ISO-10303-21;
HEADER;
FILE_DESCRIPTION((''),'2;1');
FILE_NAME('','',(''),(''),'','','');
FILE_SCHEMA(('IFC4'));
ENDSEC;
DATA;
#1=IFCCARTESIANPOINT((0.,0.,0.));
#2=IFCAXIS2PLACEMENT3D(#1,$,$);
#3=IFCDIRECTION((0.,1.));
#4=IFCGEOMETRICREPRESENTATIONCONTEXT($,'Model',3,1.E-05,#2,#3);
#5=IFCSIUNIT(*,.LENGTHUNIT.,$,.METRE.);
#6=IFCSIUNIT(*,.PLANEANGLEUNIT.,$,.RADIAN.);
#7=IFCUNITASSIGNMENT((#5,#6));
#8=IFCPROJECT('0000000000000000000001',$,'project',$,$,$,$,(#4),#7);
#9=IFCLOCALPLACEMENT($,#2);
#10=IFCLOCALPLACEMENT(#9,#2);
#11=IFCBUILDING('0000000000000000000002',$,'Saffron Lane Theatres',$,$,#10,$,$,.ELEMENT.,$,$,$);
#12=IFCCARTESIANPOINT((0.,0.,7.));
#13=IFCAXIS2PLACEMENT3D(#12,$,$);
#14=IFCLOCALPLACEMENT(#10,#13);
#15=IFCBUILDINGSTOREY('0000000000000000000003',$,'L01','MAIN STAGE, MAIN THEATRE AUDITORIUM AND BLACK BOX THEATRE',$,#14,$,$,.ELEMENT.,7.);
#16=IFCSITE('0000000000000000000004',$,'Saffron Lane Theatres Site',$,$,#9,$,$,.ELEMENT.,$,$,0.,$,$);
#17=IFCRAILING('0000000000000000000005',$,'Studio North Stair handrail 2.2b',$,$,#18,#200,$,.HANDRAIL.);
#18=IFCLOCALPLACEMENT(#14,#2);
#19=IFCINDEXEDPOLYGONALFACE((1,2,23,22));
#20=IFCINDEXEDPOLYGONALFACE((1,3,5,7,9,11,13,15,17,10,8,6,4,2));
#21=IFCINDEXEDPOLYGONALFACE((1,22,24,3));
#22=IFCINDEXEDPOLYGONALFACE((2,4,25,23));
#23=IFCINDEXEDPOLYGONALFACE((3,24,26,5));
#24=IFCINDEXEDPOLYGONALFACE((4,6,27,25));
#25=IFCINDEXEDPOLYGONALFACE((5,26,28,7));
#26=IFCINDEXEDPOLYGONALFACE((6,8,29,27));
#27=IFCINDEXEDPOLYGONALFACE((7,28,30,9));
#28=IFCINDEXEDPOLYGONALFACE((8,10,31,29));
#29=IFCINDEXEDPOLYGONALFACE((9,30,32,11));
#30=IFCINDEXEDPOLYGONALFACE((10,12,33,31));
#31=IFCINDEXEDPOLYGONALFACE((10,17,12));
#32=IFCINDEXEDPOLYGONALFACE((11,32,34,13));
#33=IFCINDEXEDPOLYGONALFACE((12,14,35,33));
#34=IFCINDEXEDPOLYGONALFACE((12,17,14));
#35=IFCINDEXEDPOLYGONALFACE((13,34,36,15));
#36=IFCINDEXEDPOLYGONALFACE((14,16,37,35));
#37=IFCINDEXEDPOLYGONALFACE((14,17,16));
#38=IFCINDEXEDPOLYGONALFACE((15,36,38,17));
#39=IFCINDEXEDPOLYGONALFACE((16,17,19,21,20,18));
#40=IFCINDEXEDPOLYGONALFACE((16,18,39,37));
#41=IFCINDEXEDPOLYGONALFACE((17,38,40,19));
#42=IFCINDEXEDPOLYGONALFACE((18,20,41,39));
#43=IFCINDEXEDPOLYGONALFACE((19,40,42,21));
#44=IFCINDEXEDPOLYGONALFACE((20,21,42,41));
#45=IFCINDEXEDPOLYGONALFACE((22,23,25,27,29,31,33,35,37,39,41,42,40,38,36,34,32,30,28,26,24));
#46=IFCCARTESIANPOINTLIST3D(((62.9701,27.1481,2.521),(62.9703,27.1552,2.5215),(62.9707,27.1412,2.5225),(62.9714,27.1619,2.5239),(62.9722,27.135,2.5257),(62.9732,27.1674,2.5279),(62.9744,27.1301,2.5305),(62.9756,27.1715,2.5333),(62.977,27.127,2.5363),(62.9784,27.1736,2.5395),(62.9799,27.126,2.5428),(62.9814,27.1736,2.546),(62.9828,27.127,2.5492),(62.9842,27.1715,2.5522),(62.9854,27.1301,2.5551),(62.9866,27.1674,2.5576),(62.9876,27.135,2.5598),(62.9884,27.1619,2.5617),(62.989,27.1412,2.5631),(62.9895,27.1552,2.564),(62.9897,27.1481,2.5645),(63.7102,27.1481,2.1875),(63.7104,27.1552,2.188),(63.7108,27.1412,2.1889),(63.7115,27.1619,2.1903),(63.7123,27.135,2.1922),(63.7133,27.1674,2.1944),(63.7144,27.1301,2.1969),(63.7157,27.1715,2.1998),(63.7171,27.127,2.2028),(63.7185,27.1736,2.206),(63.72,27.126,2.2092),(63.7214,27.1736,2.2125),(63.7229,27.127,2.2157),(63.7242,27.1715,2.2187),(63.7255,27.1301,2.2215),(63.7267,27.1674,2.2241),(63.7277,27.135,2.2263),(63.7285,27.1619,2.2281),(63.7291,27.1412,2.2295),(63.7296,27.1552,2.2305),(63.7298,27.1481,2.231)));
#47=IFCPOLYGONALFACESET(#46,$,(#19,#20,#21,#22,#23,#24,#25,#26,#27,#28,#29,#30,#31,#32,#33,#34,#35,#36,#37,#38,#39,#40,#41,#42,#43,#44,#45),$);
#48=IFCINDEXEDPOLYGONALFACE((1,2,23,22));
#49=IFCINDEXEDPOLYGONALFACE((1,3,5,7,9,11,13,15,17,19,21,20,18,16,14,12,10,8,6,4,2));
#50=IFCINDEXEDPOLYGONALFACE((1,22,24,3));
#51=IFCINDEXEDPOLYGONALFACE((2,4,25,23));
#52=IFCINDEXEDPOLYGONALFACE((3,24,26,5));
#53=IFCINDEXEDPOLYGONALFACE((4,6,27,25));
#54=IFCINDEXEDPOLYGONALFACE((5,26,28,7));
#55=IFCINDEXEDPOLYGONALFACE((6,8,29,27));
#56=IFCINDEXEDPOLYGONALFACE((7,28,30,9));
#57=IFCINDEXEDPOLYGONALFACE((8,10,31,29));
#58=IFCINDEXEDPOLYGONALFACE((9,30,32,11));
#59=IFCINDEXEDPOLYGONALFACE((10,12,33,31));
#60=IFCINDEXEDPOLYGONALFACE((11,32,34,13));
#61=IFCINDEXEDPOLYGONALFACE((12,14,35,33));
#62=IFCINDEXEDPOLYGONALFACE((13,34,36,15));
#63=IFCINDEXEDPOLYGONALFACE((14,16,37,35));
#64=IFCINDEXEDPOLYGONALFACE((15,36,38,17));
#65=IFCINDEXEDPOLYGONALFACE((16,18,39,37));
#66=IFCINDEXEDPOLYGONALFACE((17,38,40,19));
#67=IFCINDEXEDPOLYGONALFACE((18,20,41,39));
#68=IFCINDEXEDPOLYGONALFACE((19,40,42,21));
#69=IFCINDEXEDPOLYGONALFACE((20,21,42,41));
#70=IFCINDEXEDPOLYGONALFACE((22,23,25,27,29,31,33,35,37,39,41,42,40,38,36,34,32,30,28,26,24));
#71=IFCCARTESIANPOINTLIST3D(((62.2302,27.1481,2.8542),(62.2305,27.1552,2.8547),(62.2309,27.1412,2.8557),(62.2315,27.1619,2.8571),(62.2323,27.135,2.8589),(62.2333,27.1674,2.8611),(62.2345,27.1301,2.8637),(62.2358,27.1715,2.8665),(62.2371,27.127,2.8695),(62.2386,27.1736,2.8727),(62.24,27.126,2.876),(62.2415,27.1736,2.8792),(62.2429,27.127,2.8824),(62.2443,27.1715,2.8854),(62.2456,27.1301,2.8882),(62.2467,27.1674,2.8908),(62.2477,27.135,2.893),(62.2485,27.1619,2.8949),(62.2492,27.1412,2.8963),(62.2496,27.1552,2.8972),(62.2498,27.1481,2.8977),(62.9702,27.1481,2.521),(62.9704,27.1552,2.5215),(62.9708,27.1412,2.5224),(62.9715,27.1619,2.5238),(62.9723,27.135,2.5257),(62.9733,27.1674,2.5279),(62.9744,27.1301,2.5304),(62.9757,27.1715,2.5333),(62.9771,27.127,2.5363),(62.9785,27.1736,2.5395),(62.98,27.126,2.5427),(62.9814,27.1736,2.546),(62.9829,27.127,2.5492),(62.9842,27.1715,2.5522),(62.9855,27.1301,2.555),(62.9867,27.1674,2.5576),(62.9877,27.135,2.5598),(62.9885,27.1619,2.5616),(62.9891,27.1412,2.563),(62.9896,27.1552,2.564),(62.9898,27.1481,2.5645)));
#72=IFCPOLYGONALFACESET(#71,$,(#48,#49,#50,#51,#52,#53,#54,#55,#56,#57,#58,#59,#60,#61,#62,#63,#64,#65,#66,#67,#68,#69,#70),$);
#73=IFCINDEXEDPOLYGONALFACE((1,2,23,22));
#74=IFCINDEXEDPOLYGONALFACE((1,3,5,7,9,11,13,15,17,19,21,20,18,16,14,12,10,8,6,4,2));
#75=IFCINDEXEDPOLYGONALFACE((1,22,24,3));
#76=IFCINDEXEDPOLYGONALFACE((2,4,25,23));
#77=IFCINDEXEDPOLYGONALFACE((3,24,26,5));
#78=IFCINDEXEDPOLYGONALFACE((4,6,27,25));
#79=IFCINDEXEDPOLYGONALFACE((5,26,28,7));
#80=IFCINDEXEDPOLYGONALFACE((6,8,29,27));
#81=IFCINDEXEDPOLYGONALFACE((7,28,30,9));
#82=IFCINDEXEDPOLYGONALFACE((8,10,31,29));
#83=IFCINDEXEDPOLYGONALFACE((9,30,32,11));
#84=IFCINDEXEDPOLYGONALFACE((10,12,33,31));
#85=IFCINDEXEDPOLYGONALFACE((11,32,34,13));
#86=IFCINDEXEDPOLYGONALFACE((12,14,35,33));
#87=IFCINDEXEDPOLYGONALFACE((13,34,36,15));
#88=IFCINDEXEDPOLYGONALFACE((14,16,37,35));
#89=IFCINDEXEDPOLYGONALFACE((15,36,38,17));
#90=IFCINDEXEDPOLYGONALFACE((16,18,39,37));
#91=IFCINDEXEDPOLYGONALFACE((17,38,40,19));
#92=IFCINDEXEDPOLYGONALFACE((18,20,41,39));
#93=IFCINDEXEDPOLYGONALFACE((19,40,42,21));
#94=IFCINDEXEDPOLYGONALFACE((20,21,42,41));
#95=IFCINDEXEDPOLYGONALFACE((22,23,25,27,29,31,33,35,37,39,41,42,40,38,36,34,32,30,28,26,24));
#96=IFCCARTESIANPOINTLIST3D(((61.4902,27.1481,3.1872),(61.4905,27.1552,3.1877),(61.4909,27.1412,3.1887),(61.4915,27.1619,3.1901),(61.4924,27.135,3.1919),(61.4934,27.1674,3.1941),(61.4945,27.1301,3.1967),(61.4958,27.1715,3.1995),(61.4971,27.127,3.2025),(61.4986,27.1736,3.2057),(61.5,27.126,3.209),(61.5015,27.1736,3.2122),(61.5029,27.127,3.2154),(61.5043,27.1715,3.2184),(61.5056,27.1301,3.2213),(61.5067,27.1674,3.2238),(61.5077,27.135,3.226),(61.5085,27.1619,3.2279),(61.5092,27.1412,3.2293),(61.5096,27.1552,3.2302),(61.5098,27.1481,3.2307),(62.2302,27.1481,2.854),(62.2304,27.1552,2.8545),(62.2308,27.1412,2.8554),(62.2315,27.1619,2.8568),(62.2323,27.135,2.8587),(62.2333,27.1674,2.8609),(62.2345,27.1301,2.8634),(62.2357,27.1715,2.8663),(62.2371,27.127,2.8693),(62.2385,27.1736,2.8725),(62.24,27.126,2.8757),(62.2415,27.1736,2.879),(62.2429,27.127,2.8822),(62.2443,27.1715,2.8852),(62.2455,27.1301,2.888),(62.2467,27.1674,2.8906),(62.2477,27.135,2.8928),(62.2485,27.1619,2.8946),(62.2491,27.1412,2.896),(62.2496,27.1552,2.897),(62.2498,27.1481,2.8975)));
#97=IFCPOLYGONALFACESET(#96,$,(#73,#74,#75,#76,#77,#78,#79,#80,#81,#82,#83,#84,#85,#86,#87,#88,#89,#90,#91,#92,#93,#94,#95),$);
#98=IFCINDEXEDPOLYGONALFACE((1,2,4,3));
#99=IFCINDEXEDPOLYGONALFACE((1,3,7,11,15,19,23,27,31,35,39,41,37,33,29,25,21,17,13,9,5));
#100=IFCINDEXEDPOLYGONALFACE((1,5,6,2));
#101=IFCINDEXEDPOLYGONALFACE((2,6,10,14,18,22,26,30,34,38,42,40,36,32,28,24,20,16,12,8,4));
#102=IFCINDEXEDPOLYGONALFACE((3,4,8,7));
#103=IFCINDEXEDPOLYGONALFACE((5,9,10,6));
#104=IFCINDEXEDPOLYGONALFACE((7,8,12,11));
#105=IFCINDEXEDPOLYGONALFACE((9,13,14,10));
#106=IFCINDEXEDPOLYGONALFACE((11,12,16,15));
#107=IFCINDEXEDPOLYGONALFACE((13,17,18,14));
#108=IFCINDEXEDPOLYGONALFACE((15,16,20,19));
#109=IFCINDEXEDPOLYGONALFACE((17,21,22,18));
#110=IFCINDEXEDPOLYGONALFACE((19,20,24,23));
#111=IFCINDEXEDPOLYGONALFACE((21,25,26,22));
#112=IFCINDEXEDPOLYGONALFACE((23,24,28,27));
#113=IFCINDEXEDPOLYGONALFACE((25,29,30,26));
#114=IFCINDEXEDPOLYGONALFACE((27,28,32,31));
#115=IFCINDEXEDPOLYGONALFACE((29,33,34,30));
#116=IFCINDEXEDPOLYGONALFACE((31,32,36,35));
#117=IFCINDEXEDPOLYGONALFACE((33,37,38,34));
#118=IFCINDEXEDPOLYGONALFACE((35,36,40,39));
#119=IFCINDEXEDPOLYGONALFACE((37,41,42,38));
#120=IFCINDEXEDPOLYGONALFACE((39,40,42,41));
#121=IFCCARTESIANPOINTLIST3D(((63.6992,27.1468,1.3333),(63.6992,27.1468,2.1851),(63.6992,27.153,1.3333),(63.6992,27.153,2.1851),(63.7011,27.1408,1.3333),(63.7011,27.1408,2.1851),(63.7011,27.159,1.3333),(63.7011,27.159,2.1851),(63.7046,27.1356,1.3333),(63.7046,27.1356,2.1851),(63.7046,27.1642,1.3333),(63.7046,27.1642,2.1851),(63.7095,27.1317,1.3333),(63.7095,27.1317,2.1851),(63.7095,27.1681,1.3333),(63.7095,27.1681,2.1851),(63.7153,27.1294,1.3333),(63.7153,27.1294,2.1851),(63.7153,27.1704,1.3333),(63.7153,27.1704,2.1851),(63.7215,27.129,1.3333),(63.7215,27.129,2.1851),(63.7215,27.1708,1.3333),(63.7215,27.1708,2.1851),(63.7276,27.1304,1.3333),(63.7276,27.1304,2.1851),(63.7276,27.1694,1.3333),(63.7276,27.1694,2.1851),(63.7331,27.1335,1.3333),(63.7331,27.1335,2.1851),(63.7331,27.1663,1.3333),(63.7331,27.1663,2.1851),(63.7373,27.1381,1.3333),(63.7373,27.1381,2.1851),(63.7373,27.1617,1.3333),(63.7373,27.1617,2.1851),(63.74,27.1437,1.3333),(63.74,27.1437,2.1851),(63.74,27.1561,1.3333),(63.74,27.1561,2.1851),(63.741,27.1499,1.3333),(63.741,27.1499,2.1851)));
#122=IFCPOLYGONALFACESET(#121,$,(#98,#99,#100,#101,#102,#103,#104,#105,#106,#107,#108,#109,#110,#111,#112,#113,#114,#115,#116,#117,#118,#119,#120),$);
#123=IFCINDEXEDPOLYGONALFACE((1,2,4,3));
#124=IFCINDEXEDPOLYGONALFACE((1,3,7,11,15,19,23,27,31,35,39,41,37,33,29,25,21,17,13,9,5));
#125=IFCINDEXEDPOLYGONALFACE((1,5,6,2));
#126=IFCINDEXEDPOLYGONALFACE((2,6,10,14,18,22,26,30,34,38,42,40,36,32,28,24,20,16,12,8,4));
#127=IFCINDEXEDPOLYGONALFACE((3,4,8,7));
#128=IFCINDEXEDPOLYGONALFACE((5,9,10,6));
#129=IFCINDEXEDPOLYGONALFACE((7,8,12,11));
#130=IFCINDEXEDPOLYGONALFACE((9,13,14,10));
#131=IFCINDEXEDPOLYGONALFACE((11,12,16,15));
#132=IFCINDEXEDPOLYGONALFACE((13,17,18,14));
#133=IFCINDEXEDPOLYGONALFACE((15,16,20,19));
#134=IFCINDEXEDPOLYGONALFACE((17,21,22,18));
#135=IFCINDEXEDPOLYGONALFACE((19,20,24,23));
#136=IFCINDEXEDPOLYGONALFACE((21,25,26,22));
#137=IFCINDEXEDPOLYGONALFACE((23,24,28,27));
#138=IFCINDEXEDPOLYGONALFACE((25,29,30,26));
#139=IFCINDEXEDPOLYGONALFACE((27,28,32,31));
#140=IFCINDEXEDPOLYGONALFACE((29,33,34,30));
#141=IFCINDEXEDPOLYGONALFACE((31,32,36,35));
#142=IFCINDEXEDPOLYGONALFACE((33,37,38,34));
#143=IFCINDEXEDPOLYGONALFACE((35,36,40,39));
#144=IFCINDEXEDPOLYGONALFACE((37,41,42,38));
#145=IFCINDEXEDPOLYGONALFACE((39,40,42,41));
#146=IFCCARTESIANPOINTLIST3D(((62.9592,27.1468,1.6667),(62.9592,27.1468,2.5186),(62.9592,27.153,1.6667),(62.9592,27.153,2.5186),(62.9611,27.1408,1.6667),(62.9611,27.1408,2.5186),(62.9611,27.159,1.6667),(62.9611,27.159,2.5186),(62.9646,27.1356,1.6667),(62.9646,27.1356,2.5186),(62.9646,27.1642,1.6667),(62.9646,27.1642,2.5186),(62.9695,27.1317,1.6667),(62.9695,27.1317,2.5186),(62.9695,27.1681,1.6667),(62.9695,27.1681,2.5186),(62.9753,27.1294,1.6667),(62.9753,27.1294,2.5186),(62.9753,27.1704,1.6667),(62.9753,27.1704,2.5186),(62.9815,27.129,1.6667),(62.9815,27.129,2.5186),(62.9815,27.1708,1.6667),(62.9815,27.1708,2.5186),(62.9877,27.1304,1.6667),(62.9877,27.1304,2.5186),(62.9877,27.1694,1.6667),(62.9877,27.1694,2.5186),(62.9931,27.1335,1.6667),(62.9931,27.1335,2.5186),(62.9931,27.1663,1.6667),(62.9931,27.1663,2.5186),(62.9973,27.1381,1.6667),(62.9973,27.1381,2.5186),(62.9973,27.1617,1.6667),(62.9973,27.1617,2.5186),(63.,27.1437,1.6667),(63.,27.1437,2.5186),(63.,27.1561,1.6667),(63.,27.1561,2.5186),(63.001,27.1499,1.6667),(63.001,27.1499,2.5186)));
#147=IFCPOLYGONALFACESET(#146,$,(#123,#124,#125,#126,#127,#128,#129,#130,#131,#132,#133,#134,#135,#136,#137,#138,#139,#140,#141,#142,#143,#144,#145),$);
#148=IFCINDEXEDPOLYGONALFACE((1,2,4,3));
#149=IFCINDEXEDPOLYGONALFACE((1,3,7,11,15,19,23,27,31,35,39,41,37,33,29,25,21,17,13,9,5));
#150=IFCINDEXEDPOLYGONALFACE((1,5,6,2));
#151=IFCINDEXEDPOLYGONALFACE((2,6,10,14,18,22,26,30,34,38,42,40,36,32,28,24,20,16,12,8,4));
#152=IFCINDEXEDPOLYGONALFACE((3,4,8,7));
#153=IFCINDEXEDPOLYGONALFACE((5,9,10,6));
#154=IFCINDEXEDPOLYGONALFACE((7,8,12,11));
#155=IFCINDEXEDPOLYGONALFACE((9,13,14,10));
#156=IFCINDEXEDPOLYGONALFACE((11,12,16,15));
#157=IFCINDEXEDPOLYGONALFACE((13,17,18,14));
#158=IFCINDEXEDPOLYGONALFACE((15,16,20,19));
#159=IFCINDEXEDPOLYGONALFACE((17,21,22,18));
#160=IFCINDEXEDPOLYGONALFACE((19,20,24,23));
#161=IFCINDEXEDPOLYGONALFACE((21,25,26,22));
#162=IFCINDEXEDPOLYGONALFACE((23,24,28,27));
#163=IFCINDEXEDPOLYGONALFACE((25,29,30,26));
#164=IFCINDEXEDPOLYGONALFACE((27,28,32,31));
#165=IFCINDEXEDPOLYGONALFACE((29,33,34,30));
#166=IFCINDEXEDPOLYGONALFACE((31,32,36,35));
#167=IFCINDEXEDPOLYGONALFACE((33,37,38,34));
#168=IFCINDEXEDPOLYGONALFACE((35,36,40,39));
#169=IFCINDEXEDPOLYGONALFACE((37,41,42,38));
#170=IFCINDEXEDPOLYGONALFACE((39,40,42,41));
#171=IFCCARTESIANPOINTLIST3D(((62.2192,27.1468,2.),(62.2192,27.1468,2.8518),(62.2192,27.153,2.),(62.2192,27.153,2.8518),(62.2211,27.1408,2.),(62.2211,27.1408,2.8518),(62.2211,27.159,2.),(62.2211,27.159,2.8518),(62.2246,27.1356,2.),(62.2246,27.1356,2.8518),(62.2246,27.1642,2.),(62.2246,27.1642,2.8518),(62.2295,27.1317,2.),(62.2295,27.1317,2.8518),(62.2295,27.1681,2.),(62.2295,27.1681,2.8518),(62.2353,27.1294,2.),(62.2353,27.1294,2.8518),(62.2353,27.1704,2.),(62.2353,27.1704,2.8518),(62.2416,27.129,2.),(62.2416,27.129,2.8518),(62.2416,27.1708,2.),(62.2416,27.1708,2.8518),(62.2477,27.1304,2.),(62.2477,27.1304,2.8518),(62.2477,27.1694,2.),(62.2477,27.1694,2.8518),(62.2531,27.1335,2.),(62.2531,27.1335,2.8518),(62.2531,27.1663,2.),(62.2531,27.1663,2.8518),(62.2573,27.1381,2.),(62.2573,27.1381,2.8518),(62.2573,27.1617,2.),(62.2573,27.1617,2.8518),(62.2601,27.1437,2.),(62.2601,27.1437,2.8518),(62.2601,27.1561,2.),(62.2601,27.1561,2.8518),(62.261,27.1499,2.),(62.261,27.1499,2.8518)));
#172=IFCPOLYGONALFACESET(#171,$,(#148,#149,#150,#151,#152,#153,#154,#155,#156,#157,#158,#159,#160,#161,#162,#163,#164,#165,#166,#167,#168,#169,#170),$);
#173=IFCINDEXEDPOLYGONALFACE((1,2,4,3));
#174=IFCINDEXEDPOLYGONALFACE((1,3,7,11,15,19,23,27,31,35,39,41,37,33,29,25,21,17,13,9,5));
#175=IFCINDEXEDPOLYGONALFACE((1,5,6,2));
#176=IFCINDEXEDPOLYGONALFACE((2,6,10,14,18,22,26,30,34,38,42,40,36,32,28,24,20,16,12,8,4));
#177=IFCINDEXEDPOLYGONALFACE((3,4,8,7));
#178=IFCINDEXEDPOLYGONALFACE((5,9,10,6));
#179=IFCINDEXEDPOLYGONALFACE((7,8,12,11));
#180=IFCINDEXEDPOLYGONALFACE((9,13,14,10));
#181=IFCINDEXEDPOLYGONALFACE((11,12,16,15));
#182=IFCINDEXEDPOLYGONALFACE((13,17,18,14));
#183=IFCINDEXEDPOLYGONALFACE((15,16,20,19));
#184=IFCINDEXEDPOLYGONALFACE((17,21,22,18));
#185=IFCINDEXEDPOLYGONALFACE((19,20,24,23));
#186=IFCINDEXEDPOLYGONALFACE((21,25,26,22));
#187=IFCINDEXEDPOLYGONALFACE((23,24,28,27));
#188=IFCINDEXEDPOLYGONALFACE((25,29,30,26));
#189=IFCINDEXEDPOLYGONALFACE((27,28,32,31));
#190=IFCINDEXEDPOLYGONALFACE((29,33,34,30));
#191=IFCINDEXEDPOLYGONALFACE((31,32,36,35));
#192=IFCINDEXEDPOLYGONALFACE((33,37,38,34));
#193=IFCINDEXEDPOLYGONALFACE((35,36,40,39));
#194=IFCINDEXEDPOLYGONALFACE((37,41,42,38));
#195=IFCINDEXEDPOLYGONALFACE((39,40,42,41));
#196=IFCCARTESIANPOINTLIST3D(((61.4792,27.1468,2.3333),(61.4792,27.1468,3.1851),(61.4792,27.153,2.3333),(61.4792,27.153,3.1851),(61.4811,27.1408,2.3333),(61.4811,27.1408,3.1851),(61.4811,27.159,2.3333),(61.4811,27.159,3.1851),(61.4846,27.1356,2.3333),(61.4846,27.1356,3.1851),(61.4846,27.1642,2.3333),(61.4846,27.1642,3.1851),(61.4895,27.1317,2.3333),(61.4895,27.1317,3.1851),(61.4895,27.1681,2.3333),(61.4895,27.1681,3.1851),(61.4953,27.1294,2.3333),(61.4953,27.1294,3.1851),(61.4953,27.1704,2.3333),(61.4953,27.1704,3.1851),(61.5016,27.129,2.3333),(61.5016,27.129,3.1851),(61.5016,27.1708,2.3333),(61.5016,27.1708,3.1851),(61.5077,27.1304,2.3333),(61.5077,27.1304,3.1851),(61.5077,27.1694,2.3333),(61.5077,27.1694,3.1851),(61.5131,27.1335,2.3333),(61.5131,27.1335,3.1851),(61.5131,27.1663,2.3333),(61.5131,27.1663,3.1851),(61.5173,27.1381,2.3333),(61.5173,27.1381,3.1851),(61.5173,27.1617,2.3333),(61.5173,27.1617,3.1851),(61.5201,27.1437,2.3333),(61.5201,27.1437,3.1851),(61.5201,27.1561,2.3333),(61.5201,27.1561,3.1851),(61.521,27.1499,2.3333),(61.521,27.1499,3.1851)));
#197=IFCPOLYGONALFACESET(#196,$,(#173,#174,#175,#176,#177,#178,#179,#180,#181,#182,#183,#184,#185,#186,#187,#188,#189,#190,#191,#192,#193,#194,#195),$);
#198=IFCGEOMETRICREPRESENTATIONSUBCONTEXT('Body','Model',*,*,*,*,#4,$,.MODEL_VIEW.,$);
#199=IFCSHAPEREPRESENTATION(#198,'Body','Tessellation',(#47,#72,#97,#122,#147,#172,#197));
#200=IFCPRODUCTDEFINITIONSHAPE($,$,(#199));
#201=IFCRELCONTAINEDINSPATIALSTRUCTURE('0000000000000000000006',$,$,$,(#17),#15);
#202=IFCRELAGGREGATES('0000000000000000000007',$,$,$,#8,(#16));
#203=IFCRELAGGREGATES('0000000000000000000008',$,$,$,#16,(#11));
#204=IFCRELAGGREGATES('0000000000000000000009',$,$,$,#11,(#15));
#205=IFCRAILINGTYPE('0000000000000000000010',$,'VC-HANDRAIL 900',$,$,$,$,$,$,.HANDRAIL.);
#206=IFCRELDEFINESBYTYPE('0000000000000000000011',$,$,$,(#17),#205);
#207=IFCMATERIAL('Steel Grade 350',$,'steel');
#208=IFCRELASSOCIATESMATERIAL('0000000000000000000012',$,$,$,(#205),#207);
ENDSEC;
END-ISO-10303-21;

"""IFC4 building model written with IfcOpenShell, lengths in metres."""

from ifc_helpers import new_model, si_unit, direction, frame, origin, origin_2d, place, context, subcontext, project, spatial, circle, extrude, material, type_object, element, save


model = new_model("IFC4")

# Units and contexts
model_context = context("Model", 3, precision=1e-05, world=origin(), true_north=direction((0.0, 1.0)))
body_context = subcontext(model_context, "Body", "Model", "MODEL_VIEW")
ifc_project = project(units=[si_unit("LENGTHUNIT", "METRE"), si_unit("PLANEANGLEUNIT", "RADIAN")], contexts=[model_context])

# Site, building, storey
site_placement = place(None, origin())
site = spatial("IfcSite", under=ifc_project, at=site_placement, Name="Saffron Lane Theatres Site", CompositionType="ELEMENT", RefElevation=0.0)
building_placement = place(site_placement, origin())
building = spatial("IfcBuilding", under=site, at=building_placement, Name="Saffron Lane Theatres", CompositionType="ELEMENT")
storey_placement = place(building_placement, frame((0.0, 0.0, 7.0)))
storey = spatial("IfcBuildingStorey", under=building, at=storey_placement, Name="L01", Description="MAIN STAGE, MAIN THEATRE AUDITORIUM AND BLACK BOX THEATRE", CompositionType="ELEMENT", Elevation=7.0)

# Railing
ifc_material_1 = material(Name="Steel Grade 350", Category="steel")
railing_type_1 = type_object("IfcRailingType", Name="VC-HANDRAIL 900", PredefinedType="HANDRAIL", material=ifc_material_1)
railing_1_placement = place(storey_placement, frame((63.72, 27.1499, 1.3333)))
element("IfcRailing", 1, at=railing_1_placement, inside=storey, type_object=railing_type_1, Name="Studio North Stair handrail 2.2b", PredefinedType="HANDRAIL", context=body_context, shape_type="SweptSolid", body=[
    extrude(circle(Radius=0.0239, at=origin_2d()), frame((0.0, 0.0, 0.876), z_axis=(-0.911691, 0.0, 0.410877), x_axis=(0.0, -1.0, 0.0)), (0.0, 0.0, 1.0), 0.8118),
    extrude(circle(Radius=0.0239, at=origin_2d()), frame((-0.74, 0.0, 1.2095), z_axis=(-0.911803, 0.0, 0.410627), x_axis=(0.0, -1.0, 0.0)), (0.0, 0.0, 1.0), 0.8115),
    extrude(circle(Radius=0.0239, at=origin_2d()), frame((-1.48, 0.0, 1.5425), z_axis=(-0.911803, 0.0, 0.410627), x_axis=(0.0, -1.0, 0.0)), (0.0, 0.0, 1.0), 0.8115),
    extrude(circle(Radius=0.021, at=origin_2d()), origin(), (0.0, 0.0, 1.0), 0.8518),
    extrude(circle(Radius=0.021, at=origin_2d()), frame((-0.74, 0.0, 0.3335)), (0.0, 0.0, 1.0), 0.8518),
    extrude(circle(Radius=0.021, at=origin_2d()), frame((-1.48, 0.0, 0.6667)), (0.0, 0.0, 1.0), 0.8518),
    extrude(circle(Radius=0.021, at=origin_2d()), frame((-2.22, 0.0, 1.0)), (0.0, 0.0, 1.0), 0.8518),
])

save(model, "model.ifc")
